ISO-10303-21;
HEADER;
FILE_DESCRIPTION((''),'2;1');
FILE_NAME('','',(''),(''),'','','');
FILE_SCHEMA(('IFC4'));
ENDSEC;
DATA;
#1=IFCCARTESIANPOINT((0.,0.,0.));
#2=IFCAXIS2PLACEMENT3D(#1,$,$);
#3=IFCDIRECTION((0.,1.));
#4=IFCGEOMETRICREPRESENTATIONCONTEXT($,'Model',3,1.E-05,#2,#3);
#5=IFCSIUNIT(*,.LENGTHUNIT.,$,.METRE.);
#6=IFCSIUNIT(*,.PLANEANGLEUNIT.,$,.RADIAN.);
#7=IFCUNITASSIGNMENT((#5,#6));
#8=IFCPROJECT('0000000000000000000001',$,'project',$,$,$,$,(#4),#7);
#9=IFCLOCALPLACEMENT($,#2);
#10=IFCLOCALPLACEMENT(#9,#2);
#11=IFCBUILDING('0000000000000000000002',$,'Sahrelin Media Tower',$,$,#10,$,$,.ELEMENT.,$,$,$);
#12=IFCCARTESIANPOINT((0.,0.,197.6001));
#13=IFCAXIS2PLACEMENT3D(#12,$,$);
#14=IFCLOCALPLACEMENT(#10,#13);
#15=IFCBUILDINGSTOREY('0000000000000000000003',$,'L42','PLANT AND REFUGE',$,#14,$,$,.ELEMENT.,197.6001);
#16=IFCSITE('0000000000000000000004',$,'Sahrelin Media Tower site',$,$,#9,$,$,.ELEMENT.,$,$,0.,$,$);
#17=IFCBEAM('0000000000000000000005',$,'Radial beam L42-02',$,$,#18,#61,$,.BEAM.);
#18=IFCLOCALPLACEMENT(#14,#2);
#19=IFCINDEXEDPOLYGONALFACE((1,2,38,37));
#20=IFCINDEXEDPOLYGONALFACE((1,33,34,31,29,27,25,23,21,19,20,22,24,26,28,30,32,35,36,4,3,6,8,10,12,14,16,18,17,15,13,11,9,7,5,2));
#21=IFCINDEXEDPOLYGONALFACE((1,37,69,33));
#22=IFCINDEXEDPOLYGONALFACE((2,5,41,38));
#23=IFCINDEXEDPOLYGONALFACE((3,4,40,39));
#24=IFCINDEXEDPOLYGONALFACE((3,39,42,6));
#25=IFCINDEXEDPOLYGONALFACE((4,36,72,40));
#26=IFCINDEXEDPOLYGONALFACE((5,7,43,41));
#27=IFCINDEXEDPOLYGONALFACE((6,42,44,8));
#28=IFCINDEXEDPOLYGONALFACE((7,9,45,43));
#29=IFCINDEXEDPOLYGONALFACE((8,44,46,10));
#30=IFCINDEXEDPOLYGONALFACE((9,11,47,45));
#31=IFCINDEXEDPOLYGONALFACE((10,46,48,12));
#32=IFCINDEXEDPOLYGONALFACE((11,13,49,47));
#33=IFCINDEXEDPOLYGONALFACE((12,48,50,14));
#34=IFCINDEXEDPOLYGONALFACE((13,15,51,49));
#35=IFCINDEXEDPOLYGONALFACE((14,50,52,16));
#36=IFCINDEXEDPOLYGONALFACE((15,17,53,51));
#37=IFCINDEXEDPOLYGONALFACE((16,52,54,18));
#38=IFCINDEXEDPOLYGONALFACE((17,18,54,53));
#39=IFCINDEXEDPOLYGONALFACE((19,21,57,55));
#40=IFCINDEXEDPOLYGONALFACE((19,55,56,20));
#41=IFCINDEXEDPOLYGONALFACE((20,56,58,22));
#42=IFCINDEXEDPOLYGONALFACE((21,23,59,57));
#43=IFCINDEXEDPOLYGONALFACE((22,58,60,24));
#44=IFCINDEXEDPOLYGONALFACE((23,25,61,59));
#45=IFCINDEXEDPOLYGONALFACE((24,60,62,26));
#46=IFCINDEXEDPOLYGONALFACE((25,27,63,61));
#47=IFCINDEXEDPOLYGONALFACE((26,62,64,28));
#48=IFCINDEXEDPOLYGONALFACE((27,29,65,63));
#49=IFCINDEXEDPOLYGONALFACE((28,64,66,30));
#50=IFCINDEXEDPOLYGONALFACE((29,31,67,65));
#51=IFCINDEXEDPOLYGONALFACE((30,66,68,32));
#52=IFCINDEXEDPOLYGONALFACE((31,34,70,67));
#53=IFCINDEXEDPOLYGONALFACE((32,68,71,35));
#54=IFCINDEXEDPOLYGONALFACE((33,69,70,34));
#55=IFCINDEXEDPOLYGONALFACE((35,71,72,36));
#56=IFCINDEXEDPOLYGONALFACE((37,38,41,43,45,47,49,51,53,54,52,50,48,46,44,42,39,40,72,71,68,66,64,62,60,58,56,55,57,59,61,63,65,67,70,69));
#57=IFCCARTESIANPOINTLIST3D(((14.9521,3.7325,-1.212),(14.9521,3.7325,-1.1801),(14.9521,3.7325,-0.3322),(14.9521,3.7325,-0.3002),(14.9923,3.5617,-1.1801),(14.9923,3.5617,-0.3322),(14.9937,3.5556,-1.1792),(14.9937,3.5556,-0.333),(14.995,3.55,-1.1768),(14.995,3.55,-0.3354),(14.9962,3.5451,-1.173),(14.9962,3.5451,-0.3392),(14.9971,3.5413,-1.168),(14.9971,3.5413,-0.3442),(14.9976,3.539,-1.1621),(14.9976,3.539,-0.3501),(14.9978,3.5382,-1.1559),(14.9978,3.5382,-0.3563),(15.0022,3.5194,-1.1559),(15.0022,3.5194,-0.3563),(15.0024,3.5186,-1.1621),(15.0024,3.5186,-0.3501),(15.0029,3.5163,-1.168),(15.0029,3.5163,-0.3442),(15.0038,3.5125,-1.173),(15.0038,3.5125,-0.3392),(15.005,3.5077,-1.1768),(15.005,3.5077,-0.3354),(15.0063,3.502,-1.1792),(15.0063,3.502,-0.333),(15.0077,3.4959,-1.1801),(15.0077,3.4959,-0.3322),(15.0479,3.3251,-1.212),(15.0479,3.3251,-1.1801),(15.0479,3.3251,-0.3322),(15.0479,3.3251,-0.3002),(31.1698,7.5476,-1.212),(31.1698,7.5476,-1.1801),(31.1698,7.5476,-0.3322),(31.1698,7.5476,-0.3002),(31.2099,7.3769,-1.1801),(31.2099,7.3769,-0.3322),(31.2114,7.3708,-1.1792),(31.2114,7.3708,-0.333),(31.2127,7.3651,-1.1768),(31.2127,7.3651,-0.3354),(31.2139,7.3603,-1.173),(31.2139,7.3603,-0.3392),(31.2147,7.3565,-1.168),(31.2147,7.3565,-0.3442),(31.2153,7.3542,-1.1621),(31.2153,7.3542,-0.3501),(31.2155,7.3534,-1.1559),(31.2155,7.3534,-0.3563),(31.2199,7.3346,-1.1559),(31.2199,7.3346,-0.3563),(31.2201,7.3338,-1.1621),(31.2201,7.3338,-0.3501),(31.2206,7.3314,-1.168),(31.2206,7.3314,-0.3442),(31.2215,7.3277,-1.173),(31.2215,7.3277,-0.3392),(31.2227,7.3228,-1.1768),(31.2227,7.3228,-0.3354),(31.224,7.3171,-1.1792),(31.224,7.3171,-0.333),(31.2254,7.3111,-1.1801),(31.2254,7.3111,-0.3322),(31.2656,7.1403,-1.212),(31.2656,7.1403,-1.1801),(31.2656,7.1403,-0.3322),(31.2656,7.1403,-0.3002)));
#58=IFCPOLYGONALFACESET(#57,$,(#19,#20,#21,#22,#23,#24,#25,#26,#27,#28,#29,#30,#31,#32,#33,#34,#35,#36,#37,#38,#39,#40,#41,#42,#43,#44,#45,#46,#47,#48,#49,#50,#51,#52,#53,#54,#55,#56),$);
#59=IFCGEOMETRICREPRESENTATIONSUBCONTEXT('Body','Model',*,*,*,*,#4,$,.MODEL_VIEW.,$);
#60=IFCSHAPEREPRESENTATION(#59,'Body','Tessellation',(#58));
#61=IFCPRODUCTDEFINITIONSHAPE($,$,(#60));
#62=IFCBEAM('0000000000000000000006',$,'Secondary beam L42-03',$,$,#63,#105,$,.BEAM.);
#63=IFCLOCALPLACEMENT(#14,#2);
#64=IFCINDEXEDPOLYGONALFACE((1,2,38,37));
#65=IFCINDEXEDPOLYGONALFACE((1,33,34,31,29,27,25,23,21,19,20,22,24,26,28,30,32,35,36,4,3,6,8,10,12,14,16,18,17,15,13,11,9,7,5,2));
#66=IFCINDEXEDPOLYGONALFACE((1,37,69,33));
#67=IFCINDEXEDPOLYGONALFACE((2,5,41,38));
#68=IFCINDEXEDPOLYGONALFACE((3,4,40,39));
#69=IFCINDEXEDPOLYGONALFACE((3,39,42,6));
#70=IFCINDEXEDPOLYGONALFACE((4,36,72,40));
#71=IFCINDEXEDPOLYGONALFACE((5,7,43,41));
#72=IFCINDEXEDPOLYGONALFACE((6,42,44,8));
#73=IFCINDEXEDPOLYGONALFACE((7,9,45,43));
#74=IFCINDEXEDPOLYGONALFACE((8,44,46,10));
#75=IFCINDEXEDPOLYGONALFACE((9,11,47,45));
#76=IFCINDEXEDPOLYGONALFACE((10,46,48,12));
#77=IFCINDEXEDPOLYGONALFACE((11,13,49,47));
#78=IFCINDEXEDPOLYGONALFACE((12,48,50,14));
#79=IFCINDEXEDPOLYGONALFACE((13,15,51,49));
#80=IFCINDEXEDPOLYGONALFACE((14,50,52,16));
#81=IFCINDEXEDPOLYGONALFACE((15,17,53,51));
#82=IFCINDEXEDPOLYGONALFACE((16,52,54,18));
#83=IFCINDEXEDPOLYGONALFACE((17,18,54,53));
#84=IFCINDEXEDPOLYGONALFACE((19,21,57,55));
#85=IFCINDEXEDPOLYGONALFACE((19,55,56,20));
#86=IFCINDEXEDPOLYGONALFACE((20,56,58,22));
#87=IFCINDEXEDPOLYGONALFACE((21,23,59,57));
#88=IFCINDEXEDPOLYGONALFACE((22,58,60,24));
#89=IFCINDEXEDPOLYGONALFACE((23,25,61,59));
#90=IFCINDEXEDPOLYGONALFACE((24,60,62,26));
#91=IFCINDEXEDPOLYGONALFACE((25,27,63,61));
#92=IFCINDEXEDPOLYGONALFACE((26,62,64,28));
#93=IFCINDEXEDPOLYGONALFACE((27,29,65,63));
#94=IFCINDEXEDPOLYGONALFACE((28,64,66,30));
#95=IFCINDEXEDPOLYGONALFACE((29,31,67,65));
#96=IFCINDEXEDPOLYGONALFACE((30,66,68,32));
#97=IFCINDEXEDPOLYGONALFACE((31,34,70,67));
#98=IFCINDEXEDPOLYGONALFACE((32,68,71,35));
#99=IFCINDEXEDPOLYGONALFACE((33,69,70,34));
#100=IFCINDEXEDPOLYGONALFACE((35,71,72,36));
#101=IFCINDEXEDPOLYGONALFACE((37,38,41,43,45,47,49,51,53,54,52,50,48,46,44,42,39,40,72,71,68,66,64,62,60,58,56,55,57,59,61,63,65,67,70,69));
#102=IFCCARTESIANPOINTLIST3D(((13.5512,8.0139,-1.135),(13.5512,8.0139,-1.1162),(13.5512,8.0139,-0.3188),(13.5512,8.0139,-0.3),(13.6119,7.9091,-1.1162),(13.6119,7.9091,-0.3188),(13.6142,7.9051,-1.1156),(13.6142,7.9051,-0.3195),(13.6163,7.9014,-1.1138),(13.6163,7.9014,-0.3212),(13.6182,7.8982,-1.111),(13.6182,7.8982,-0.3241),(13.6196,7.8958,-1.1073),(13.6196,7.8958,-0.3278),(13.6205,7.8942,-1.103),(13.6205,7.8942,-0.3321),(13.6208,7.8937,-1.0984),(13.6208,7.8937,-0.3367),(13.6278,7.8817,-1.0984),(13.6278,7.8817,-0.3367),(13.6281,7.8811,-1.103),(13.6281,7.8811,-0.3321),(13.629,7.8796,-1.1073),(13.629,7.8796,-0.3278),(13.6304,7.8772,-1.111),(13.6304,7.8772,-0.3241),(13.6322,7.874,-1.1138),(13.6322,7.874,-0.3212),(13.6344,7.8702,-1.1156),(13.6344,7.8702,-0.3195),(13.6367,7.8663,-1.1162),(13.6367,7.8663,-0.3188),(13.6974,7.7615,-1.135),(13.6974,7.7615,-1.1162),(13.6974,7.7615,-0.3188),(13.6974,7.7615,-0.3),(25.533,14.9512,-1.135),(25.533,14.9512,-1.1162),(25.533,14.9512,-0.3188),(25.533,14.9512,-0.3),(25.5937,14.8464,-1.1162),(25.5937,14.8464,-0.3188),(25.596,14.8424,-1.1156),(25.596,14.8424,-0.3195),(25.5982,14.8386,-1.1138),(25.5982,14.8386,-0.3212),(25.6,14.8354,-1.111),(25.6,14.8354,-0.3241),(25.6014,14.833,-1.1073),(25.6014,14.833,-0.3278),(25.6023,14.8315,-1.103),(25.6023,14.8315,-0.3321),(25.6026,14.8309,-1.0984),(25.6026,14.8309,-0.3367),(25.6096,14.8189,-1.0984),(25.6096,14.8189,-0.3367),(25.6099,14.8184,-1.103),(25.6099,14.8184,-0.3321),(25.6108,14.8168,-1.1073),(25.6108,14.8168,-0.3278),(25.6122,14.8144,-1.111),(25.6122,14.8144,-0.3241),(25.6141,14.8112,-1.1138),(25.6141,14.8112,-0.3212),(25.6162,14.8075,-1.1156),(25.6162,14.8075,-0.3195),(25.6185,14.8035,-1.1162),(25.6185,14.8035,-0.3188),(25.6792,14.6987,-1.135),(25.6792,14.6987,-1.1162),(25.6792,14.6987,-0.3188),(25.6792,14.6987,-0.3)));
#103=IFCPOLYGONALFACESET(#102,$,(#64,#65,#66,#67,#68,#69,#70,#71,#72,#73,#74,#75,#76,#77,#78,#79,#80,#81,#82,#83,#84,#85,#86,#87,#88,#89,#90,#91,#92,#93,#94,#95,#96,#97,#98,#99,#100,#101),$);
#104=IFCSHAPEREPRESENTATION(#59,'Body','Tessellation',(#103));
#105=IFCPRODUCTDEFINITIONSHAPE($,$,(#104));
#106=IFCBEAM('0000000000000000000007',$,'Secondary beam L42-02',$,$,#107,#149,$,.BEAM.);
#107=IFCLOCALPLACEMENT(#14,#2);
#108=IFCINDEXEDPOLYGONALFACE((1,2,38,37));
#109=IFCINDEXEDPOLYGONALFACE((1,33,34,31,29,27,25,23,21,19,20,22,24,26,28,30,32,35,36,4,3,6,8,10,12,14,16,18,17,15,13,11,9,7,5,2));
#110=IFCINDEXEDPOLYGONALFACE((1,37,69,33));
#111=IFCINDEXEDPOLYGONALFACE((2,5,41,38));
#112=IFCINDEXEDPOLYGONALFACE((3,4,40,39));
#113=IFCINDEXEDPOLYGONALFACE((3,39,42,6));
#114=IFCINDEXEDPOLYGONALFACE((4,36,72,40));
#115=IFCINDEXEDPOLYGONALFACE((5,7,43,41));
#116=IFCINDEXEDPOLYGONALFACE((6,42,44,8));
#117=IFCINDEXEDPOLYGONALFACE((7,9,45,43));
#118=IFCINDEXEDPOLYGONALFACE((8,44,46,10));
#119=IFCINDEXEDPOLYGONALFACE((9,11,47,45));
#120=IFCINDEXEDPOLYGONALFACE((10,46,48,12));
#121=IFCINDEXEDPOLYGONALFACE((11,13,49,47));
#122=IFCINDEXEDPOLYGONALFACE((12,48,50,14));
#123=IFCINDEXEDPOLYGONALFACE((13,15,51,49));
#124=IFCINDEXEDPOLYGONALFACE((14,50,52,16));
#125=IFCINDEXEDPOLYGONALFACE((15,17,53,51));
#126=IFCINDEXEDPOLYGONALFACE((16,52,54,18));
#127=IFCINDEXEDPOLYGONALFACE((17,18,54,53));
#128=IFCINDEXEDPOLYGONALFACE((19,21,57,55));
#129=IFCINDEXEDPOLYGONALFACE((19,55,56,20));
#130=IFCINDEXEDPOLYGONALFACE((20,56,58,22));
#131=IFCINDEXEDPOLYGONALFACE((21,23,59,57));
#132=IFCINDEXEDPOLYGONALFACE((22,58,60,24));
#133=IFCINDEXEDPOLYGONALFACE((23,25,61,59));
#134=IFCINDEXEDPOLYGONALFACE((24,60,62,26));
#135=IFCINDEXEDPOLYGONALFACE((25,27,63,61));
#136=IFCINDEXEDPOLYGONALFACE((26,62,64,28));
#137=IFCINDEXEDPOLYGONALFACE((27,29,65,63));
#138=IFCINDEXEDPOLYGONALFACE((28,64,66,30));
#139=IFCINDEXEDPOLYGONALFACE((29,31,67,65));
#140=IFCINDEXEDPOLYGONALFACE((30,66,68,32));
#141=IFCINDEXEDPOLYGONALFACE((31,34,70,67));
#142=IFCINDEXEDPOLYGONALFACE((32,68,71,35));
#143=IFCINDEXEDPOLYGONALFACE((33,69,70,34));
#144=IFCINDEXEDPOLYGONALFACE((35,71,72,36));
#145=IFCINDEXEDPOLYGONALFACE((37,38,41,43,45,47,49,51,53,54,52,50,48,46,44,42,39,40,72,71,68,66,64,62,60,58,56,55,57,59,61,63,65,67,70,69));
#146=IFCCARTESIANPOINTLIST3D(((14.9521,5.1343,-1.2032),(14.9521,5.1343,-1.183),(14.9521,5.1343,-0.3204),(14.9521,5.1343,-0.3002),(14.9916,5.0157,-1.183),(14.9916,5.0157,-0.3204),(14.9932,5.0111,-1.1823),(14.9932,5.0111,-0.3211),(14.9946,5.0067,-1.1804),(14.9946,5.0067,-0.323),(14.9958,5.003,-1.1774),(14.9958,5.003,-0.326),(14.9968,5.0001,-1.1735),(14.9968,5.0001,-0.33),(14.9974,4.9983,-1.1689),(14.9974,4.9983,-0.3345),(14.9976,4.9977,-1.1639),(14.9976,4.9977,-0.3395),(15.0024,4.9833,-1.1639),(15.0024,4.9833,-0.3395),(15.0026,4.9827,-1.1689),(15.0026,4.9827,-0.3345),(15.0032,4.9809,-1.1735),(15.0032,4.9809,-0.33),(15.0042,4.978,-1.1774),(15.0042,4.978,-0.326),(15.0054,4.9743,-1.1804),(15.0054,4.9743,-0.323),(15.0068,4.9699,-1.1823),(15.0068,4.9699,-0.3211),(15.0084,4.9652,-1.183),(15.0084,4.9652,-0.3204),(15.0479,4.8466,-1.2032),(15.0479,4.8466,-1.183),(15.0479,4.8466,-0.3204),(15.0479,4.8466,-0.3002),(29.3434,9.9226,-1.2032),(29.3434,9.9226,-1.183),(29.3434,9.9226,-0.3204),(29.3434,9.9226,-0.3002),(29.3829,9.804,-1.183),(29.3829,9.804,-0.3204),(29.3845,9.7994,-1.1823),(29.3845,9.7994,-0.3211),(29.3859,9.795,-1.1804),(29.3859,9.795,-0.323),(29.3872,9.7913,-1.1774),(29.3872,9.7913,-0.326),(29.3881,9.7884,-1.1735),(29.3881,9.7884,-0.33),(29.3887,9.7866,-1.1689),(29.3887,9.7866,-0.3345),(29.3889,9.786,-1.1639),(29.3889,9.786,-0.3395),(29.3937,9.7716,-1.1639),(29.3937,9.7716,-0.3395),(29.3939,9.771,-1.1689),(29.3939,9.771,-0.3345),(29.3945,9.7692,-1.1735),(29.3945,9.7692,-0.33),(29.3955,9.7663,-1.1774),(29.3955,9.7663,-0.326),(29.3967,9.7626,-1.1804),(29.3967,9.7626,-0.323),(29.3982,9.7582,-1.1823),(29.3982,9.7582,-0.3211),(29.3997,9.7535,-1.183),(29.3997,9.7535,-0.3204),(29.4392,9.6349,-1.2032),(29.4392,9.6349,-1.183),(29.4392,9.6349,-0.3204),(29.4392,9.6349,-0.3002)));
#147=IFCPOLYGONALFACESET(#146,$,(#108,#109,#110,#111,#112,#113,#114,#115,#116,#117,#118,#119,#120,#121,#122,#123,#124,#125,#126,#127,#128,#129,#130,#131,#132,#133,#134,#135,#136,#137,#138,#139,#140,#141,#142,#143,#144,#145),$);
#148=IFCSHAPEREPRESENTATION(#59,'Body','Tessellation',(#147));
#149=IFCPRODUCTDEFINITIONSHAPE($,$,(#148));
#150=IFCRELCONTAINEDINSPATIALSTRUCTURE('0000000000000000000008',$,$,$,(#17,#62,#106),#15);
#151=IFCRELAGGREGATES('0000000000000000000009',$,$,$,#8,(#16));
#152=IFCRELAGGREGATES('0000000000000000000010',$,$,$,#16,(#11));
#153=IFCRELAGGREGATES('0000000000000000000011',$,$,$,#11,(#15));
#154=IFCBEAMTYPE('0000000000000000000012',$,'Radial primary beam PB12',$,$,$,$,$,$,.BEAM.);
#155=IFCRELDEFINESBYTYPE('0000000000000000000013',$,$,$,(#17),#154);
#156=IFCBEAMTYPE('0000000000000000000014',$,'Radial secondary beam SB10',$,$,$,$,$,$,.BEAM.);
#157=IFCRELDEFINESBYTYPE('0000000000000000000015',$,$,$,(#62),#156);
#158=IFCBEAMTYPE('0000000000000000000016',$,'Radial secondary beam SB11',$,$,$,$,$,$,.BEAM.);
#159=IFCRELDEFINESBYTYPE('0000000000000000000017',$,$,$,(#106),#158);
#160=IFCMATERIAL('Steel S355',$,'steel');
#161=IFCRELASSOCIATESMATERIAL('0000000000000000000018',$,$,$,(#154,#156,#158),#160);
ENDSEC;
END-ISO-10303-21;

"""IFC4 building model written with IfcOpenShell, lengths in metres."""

from ifc_helpers import new_model, si_unit, direction, frame, origin, origin_2d, place, context, subcontext, project, spatial, i_section, extrude, material, material_profile, profile_set, type_object, element, save


model = new_model("IFC4")

# Units and contexts
model_context = context("Model", 3, precision=1e-05, world=origin(), true_north=direction((0.0, 1.0)))
body_context = subcontext(model_context, "Body", "Model", "MODEL_VIEW")
ifc_project = project(units=[si_unit("LENGTHUNIT", "METRE"), si_unit("PLANEANGLEUNIT", "RADIAN")], contexts=[model_context])

# Site, building, storey
site_placement = place(None, origin())
site = spatial("IfcSite", under=ifc_project, at=site_placement, Name="Sahrelin Media Tower site", CompositionType="ELEMENT", RefElevation=0.0)
building_placement = place(site_placement, origin())
building = spatial("IfcBuilding", under=site, at=building_placement, Name="Sahrelin Media Tower", CompositionType="ELEMENT")
storey_placement = place(building_placement, frame((0.0, 0.0, 197.6001)))
storey = spatial("IfcBuildingStorey", under=building, at=storey_placement, Name="L42", Description="PLANT AND REFUGE", CompositionType="ELEMENT", Elevation=197.6001)

# Beams
ifc_material_1 = material(Name="Steel S355", Category="steel")
ifc_material_profile_1 = material_profile(ifc_material_1, i_section(OverallWidth=0.4185, OverallDepth=0.9119, WebThickness=0.0193, FlangeThickness=0.032, FilletRadius=0.0242, at=origin_2d()), Name="UB 914x419x343")
ifc_profile_set_1 = profile_set([ifc_material_profile_1], Name="Steel S355")
beam_type_1 = type_object("IfcBeamType", Name="Radial primary beam PB12", PredefinedType="BEAM", material=ifc_profile_set_1)
beam_1_placement = place(storey_placement, frame((15.0, 3.5288, -0.7561), z_axis=(0.973427, 0.228996, 0.0), x_axis=(-0.228996, 0.973427, 0.0)))
element("IfcBeam", 1, at=beam_1_placement, inside=storey, type_object=beam_type_1, Name="Radial beam L42-02", PredefinedType="BEAM", context=body_context, shape_type="SweptSolid", body=[
    extrude(i_section(OverallWidth=0.4185, OverallDepth=0.9119, WebThickness=0.0193, FlangeThickness=0.032, FilletRadius=0.0242, at=origin_2d()), origin(), (0.0, 0.0, 1.0), 16.6604),
])
ifc_material_profile_2 = material_profile(ifc_material_1, i_section(OverallWidth=0.2917, OverallDepth=0.835, WebThickness=0.0139, FlangeThickness=0.0188, FilletRadius=0.0178, at=origin_2d()), Name="UB 838x292x176")
ifc_profile_set_2 = profile_set([ifc_material_profile_2], Name="Steel S355")
beam_type_2 = type_object("IfcBeamType", Name="Radial secondary beam SB10", PredefinedType="BEAM", material=ifc_profile_set_2)
beam_2_placement = place(storey_placement, frame((13.6243, 7.8877, -0.7175), z_axis=(0.865415, 0.501055, 0.0), x_axis=(-0.501055, 0.865415, 0.0)))
element("IfcBeam", 2, at=beam_2_placement, inside=storey, type_object=beam_type_2, Name="Secondary beam L42-03", PredefinedType="BEAM", context=body_context, shape_type="SweptSolid", body=[
    extrude(i_section(OverallWidth=0.2917, OverallDepth=0.835, WebThickness=0.0139, FlangeThickness=0.0188, FilletRadius=0.0178, at=origin_2d()), origin(), (0.0, 0.0, 1.0), 13.8452),
])
ifc_material_profile_3 = material_profile(ifc_material_1, i_section(OverallWidth=0.3032, OverallDepth=0.9031, WebThickness=0.0151, FlangeThickness=0.0203, FilletRadius=0.019, at=origin_2d()), Name="UB 914x305x201")
ifc_profile_set_3 = profile_set([ifc_material_profile_3], Name="Steel S355")
beam_type_3 = type_object("IfcBeamType", Name="Radial secondary beam SB11", PredefinedType="BEAM", material=ifc_profile_set_3)
beam_3_placement = place(storey_placement, frame((15.0, 4.9905, -0.7517), z_axis=(0.948857, 0.315706, 0.0), x_axis=(-0.315706, 0.948857, 0.0)))
element("IfcBeam", 3, at=beam_3_placement, inside=storey, type_object=beam_type_3, Name="Secondary beam L42-02", PredefinedType="BEAM", context=body_context, shape_type="SweptSolid", body=[
    extrude(i_section(OverallWidth=0.3032, OverallDepth=0.9031, WebThickness=0.0151, FlangeThickness=0.0203, FilletRadius=0.019, at=origin_2d()), origin(), (0.0, 0.0, 1.0), 15.167),
])

save(model, "model.ifc")
